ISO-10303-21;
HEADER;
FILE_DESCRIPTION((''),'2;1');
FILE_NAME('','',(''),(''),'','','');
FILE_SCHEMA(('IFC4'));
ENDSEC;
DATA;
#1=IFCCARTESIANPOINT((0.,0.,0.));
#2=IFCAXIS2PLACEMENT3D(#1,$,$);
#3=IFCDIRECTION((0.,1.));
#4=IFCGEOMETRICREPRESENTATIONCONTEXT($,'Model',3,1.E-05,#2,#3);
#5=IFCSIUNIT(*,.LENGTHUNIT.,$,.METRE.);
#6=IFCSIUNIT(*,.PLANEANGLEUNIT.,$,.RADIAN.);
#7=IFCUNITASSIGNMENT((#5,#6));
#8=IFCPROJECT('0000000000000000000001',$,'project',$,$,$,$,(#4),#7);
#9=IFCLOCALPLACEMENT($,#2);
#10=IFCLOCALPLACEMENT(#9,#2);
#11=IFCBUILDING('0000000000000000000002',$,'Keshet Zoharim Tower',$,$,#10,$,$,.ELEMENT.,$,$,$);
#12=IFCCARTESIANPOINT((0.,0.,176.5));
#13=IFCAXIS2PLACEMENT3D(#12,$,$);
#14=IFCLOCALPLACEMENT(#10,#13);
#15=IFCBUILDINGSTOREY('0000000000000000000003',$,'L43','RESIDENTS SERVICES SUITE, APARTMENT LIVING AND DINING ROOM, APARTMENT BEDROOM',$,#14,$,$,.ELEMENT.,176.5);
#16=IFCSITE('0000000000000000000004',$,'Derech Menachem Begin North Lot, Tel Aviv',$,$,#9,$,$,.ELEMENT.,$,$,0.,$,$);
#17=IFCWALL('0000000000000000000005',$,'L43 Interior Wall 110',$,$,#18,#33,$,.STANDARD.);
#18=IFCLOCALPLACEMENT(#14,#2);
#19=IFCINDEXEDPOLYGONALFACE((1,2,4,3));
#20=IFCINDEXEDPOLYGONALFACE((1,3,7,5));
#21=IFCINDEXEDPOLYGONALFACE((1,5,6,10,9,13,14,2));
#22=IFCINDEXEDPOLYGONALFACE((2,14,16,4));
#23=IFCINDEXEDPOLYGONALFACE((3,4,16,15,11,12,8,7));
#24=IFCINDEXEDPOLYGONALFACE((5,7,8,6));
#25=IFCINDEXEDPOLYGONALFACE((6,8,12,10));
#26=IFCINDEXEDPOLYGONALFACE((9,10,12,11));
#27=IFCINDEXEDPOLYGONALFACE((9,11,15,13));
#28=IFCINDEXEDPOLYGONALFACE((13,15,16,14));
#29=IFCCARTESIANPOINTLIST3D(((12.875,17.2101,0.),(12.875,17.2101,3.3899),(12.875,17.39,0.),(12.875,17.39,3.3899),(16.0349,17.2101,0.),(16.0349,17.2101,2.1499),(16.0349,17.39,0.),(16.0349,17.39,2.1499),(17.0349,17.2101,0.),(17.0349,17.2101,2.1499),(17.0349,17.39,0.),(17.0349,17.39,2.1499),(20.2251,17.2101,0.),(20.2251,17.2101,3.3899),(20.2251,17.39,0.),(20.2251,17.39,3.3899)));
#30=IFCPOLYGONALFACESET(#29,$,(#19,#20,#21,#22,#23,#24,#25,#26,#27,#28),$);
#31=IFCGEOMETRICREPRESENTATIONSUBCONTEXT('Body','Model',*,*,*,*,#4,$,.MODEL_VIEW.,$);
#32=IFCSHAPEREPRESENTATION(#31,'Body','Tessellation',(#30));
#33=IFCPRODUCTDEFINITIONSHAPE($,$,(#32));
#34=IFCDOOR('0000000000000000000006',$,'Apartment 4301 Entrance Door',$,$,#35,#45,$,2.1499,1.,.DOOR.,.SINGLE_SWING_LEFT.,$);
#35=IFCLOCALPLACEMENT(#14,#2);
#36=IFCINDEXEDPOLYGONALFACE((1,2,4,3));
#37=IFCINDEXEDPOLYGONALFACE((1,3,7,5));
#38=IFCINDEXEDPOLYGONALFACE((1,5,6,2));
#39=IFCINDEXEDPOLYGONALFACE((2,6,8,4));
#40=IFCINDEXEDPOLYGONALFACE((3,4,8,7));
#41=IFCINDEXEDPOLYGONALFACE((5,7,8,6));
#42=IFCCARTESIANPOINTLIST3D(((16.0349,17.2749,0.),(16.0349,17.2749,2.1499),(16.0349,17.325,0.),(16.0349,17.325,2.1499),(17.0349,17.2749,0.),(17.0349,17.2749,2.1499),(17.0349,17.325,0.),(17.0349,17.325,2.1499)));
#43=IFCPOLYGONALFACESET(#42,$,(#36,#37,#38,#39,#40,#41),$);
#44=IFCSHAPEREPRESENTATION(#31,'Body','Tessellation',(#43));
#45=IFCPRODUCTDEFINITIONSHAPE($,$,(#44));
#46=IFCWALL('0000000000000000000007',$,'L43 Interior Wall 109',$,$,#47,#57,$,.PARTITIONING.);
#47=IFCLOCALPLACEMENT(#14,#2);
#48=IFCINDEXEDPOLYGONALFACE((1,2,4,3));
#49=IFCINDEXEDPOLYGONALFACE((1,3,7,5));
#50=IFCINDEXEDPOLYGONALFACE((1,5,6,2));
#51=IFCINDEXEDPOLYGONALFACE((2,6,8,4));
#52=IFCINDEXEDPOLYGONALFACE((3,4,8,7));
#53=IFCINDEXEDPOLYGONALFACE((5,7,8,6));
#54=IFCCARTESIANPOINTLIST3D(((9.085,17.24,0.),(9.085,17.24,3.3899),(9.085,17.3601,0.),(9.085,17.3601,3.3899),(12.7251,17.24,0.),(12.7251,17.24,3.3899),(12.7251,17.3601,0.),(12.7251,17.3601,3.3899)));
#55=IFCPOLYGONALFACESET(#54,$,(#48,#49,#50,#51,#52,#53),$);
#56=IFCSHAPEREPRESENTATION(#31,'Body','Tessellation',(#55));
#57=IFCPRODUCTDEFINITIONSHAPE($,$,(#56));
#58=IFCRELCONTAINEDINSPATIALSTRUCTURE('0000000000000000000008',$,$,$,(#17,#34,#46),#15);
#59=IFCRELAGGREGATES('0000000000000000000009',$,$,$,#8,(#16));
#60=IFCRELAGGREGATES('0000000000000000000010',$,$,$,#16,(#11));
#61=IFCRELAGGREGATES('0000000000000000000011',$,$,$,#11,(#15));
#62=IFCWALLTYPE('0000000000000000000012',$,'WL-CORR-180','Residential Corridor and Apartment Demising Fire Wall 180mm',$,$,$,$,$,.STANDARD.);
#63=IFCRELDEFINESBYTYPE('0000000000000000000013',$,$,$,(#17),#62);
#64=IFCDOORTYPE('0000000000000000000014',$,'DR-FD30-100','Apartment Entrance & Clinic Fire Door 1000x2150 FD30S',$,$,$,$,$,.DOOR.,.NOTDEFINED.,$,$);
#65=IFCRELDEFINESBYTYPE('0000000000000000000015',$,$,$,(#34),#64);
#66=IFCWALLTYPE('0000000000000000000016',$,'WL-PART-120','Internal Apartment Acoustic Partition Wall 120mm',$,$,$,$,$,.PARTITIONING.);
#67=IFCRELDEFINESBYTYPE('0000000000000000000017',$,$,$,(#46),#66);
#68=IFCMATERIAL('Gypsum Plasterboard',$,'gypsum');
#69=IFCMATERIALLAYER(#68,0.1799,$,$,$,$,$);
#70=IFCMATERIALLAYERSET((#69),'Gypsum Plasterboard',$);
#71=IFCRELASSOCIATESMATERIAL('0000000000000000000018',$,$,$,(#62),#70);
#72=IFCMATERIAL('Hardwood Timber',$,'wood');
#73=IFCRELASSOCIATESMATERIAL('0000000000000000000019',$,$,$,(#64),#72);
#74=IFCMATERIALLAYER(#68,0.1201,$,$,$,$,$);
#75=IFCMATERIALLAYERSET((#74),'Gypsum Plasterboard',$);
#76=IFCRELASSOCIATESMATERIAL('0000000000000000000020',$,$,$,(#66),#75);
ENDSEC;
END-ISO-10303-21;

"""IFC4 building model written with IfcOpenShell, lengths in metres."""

from ifc_helpers import new_model, si_unit, direction, frame, frame_2d, origin, place, context, subcontext, project, spatial, rectangle, extrude, material, layer, layer_set, type_object, element, fill, save


model = new_model("IFC4")

# Units and contexts
model_context = context("Model", 3, precision=1e-05, world=origin(), true_north=direction((0.0, 1.0)))
body_context = subcontext(model_context, "Body", "Model", "MODEL_VIEW")
ifc_project = project(units=[si_unit("LENGTHUNIT", "METRE"), si_unit("PLANEANGLEUNIT", "RADIAN")], contexts=[model_context])

# Site, building, storey
site_placement = place(None, origin())
site = spatial("IfcSite", under=ifc_project, at=site_placement, Name="Derech Menachem Begin North Lot, Tel Aviv", CompositionType="ELEMENT", RefElevation=0.0)
building_placement = place(site_placement, origin())
building = spatial("IfcBuilding", under=site, at=building_placement, Name="Keshet Zoharim Tower", CompositionType="ELEMENT")
storey_placement = place(building_placement, frame((0.0, 0.0, 176.5)))
storey = spatial("IfcBuildingStorey", under=building, at=storey_placement, Name="L43", Description="RESIDENTS SERVICES SUITE, APARTMENT LIVING AND DINING ROOM, APARTMENT BEDROOM", CompositionType="ELEMENT", Elevation=176.5)

# Wall, opening, door
ifc_material_1 = material(Name="Gypsum Plasterboard", Category="gypsum")
ifc_layer_1 = layer(ifc_material_1, 0.1799)
ifc_layer_set_1 = layer_set([ifc_layer_1], Name="Gypsum Plasterboard")
wall_type_1 = type_object("IfcWallType", Name="WL-CORR-180", Description="Residential Corridor and Apartment Demising Fire Wall 180mm", PredefinedType="STANDARD", material=ifc_layer_set_1)
ifc_material_2 = material(Name="Hardwood Timber", Category="wood")
door_type = type_object("IfcDoorType", Name="DR-FD30-100", Description="Apartment Entrance & Clinic Fire Door 1000x2150 FD30S", OperationType="NOTDEFINED", PredefinedType="DOOR", material=ifc_material_2)
wall_1_placement = place(storey_placement, frame((12.875, 17.3, 0.0), z_axis=(0.0, 0.0, 1.0), x_axis=(1.0, 0.0, 0.0)))
wall_1 = element("IfcWall", 1, at=wall_1_placement, inside=storey, type_object=wall_type_1, Name="L43 Interior Wall 110", PredefinedType="STANDARD", context=body_context, shape_type="SweptSolid", body=[
    extrude(rectangle(XDim=7.3501, YDim=0.1799, at=frame_2d((3.675, 0.0))), origin(), (0.0, 0.0, 1.0), 3.3899),
])
opening_1_placement = place(wall_1_placement, frame((3.1599, 0.0, 0.0)))
opening_1 = element("IfcOpeningElement", 2, at=opening_1_placement, cuts=wall_1, PredefinedType="OPENING", context=body_context, shape_type="SweptSolid", body=[
    extrude(rectangle(XDim=1.0, YDim=2.1499, at=frame_2d((0.5, 1.075))), frame((0.0, 0.1001, 0.0), z_axis=(0.0, -1.0, 0.0), x_axis=(1.0, 0.0, 0.0)), (0.0, 0.0, 1.0), 0.2),
])
door_1_placement = place(opening_1_placement, origin())
door_1 = element("IfcDoor", 3, at=door_1_placement, inside=storey, type_object=door_type, Name="Apartment 4301 Entrance Door", OperationType="SINGLE_SWING_LEFT", OverallHeight=2.1499, OverallWidth=1.0, PredefinedType="DOOR", context=body_context, shape_type="SweptSolid", body=[
    extrude(rectangle(XDim=1.0, YDim=2.1499, at=frame_2d((0.5, 1.075))), frame((0.0, 0.0249, 0.0), z_axis=(0.0, -1.0, 0.0), x_axis=(1.0, 0.0, 0.0)), (0.0, 0.0, 1.0), 0.05),
])
fill(opening_1, door_1)

# Wall
ifc_layer_2 = layer(ifc_material_1, 0.1201)
ifc_layer_set_2 = layer_set([ifc_layer_2], Name="Gypsum Plasterboard")
wall_type_2 = type_object("IfcWallType", Name="WL-PART-120", Description="Internal Apartment Acoustic Partition Wall 120mm", PredefinedType="PARTITIONING", material=ifc_layer_set_2)
wall_2_placement = place(storey_placement, frame((9.085, 17.3, 0.0), z_axis=(0.0, 0.0, 1.0), x_axis=(1.0, 0.0, 0.0)))
element("IfcWall", 4, at=wall_2_placement, inside=storey, type_object=wall_type_2, Name="L43 Interior Wall 109", PredefinedType="PARTITIONING", context=body_context, shape_type="SweptSolid", body=[
    extrude(rectangle(XDim=3.6401, YDim=0.1201, at=frame_2d((1.8201, 0.0))), origin(), (0.0, 0.0, 1.0), 3.3899),
])

save(model, "model.ifc")
